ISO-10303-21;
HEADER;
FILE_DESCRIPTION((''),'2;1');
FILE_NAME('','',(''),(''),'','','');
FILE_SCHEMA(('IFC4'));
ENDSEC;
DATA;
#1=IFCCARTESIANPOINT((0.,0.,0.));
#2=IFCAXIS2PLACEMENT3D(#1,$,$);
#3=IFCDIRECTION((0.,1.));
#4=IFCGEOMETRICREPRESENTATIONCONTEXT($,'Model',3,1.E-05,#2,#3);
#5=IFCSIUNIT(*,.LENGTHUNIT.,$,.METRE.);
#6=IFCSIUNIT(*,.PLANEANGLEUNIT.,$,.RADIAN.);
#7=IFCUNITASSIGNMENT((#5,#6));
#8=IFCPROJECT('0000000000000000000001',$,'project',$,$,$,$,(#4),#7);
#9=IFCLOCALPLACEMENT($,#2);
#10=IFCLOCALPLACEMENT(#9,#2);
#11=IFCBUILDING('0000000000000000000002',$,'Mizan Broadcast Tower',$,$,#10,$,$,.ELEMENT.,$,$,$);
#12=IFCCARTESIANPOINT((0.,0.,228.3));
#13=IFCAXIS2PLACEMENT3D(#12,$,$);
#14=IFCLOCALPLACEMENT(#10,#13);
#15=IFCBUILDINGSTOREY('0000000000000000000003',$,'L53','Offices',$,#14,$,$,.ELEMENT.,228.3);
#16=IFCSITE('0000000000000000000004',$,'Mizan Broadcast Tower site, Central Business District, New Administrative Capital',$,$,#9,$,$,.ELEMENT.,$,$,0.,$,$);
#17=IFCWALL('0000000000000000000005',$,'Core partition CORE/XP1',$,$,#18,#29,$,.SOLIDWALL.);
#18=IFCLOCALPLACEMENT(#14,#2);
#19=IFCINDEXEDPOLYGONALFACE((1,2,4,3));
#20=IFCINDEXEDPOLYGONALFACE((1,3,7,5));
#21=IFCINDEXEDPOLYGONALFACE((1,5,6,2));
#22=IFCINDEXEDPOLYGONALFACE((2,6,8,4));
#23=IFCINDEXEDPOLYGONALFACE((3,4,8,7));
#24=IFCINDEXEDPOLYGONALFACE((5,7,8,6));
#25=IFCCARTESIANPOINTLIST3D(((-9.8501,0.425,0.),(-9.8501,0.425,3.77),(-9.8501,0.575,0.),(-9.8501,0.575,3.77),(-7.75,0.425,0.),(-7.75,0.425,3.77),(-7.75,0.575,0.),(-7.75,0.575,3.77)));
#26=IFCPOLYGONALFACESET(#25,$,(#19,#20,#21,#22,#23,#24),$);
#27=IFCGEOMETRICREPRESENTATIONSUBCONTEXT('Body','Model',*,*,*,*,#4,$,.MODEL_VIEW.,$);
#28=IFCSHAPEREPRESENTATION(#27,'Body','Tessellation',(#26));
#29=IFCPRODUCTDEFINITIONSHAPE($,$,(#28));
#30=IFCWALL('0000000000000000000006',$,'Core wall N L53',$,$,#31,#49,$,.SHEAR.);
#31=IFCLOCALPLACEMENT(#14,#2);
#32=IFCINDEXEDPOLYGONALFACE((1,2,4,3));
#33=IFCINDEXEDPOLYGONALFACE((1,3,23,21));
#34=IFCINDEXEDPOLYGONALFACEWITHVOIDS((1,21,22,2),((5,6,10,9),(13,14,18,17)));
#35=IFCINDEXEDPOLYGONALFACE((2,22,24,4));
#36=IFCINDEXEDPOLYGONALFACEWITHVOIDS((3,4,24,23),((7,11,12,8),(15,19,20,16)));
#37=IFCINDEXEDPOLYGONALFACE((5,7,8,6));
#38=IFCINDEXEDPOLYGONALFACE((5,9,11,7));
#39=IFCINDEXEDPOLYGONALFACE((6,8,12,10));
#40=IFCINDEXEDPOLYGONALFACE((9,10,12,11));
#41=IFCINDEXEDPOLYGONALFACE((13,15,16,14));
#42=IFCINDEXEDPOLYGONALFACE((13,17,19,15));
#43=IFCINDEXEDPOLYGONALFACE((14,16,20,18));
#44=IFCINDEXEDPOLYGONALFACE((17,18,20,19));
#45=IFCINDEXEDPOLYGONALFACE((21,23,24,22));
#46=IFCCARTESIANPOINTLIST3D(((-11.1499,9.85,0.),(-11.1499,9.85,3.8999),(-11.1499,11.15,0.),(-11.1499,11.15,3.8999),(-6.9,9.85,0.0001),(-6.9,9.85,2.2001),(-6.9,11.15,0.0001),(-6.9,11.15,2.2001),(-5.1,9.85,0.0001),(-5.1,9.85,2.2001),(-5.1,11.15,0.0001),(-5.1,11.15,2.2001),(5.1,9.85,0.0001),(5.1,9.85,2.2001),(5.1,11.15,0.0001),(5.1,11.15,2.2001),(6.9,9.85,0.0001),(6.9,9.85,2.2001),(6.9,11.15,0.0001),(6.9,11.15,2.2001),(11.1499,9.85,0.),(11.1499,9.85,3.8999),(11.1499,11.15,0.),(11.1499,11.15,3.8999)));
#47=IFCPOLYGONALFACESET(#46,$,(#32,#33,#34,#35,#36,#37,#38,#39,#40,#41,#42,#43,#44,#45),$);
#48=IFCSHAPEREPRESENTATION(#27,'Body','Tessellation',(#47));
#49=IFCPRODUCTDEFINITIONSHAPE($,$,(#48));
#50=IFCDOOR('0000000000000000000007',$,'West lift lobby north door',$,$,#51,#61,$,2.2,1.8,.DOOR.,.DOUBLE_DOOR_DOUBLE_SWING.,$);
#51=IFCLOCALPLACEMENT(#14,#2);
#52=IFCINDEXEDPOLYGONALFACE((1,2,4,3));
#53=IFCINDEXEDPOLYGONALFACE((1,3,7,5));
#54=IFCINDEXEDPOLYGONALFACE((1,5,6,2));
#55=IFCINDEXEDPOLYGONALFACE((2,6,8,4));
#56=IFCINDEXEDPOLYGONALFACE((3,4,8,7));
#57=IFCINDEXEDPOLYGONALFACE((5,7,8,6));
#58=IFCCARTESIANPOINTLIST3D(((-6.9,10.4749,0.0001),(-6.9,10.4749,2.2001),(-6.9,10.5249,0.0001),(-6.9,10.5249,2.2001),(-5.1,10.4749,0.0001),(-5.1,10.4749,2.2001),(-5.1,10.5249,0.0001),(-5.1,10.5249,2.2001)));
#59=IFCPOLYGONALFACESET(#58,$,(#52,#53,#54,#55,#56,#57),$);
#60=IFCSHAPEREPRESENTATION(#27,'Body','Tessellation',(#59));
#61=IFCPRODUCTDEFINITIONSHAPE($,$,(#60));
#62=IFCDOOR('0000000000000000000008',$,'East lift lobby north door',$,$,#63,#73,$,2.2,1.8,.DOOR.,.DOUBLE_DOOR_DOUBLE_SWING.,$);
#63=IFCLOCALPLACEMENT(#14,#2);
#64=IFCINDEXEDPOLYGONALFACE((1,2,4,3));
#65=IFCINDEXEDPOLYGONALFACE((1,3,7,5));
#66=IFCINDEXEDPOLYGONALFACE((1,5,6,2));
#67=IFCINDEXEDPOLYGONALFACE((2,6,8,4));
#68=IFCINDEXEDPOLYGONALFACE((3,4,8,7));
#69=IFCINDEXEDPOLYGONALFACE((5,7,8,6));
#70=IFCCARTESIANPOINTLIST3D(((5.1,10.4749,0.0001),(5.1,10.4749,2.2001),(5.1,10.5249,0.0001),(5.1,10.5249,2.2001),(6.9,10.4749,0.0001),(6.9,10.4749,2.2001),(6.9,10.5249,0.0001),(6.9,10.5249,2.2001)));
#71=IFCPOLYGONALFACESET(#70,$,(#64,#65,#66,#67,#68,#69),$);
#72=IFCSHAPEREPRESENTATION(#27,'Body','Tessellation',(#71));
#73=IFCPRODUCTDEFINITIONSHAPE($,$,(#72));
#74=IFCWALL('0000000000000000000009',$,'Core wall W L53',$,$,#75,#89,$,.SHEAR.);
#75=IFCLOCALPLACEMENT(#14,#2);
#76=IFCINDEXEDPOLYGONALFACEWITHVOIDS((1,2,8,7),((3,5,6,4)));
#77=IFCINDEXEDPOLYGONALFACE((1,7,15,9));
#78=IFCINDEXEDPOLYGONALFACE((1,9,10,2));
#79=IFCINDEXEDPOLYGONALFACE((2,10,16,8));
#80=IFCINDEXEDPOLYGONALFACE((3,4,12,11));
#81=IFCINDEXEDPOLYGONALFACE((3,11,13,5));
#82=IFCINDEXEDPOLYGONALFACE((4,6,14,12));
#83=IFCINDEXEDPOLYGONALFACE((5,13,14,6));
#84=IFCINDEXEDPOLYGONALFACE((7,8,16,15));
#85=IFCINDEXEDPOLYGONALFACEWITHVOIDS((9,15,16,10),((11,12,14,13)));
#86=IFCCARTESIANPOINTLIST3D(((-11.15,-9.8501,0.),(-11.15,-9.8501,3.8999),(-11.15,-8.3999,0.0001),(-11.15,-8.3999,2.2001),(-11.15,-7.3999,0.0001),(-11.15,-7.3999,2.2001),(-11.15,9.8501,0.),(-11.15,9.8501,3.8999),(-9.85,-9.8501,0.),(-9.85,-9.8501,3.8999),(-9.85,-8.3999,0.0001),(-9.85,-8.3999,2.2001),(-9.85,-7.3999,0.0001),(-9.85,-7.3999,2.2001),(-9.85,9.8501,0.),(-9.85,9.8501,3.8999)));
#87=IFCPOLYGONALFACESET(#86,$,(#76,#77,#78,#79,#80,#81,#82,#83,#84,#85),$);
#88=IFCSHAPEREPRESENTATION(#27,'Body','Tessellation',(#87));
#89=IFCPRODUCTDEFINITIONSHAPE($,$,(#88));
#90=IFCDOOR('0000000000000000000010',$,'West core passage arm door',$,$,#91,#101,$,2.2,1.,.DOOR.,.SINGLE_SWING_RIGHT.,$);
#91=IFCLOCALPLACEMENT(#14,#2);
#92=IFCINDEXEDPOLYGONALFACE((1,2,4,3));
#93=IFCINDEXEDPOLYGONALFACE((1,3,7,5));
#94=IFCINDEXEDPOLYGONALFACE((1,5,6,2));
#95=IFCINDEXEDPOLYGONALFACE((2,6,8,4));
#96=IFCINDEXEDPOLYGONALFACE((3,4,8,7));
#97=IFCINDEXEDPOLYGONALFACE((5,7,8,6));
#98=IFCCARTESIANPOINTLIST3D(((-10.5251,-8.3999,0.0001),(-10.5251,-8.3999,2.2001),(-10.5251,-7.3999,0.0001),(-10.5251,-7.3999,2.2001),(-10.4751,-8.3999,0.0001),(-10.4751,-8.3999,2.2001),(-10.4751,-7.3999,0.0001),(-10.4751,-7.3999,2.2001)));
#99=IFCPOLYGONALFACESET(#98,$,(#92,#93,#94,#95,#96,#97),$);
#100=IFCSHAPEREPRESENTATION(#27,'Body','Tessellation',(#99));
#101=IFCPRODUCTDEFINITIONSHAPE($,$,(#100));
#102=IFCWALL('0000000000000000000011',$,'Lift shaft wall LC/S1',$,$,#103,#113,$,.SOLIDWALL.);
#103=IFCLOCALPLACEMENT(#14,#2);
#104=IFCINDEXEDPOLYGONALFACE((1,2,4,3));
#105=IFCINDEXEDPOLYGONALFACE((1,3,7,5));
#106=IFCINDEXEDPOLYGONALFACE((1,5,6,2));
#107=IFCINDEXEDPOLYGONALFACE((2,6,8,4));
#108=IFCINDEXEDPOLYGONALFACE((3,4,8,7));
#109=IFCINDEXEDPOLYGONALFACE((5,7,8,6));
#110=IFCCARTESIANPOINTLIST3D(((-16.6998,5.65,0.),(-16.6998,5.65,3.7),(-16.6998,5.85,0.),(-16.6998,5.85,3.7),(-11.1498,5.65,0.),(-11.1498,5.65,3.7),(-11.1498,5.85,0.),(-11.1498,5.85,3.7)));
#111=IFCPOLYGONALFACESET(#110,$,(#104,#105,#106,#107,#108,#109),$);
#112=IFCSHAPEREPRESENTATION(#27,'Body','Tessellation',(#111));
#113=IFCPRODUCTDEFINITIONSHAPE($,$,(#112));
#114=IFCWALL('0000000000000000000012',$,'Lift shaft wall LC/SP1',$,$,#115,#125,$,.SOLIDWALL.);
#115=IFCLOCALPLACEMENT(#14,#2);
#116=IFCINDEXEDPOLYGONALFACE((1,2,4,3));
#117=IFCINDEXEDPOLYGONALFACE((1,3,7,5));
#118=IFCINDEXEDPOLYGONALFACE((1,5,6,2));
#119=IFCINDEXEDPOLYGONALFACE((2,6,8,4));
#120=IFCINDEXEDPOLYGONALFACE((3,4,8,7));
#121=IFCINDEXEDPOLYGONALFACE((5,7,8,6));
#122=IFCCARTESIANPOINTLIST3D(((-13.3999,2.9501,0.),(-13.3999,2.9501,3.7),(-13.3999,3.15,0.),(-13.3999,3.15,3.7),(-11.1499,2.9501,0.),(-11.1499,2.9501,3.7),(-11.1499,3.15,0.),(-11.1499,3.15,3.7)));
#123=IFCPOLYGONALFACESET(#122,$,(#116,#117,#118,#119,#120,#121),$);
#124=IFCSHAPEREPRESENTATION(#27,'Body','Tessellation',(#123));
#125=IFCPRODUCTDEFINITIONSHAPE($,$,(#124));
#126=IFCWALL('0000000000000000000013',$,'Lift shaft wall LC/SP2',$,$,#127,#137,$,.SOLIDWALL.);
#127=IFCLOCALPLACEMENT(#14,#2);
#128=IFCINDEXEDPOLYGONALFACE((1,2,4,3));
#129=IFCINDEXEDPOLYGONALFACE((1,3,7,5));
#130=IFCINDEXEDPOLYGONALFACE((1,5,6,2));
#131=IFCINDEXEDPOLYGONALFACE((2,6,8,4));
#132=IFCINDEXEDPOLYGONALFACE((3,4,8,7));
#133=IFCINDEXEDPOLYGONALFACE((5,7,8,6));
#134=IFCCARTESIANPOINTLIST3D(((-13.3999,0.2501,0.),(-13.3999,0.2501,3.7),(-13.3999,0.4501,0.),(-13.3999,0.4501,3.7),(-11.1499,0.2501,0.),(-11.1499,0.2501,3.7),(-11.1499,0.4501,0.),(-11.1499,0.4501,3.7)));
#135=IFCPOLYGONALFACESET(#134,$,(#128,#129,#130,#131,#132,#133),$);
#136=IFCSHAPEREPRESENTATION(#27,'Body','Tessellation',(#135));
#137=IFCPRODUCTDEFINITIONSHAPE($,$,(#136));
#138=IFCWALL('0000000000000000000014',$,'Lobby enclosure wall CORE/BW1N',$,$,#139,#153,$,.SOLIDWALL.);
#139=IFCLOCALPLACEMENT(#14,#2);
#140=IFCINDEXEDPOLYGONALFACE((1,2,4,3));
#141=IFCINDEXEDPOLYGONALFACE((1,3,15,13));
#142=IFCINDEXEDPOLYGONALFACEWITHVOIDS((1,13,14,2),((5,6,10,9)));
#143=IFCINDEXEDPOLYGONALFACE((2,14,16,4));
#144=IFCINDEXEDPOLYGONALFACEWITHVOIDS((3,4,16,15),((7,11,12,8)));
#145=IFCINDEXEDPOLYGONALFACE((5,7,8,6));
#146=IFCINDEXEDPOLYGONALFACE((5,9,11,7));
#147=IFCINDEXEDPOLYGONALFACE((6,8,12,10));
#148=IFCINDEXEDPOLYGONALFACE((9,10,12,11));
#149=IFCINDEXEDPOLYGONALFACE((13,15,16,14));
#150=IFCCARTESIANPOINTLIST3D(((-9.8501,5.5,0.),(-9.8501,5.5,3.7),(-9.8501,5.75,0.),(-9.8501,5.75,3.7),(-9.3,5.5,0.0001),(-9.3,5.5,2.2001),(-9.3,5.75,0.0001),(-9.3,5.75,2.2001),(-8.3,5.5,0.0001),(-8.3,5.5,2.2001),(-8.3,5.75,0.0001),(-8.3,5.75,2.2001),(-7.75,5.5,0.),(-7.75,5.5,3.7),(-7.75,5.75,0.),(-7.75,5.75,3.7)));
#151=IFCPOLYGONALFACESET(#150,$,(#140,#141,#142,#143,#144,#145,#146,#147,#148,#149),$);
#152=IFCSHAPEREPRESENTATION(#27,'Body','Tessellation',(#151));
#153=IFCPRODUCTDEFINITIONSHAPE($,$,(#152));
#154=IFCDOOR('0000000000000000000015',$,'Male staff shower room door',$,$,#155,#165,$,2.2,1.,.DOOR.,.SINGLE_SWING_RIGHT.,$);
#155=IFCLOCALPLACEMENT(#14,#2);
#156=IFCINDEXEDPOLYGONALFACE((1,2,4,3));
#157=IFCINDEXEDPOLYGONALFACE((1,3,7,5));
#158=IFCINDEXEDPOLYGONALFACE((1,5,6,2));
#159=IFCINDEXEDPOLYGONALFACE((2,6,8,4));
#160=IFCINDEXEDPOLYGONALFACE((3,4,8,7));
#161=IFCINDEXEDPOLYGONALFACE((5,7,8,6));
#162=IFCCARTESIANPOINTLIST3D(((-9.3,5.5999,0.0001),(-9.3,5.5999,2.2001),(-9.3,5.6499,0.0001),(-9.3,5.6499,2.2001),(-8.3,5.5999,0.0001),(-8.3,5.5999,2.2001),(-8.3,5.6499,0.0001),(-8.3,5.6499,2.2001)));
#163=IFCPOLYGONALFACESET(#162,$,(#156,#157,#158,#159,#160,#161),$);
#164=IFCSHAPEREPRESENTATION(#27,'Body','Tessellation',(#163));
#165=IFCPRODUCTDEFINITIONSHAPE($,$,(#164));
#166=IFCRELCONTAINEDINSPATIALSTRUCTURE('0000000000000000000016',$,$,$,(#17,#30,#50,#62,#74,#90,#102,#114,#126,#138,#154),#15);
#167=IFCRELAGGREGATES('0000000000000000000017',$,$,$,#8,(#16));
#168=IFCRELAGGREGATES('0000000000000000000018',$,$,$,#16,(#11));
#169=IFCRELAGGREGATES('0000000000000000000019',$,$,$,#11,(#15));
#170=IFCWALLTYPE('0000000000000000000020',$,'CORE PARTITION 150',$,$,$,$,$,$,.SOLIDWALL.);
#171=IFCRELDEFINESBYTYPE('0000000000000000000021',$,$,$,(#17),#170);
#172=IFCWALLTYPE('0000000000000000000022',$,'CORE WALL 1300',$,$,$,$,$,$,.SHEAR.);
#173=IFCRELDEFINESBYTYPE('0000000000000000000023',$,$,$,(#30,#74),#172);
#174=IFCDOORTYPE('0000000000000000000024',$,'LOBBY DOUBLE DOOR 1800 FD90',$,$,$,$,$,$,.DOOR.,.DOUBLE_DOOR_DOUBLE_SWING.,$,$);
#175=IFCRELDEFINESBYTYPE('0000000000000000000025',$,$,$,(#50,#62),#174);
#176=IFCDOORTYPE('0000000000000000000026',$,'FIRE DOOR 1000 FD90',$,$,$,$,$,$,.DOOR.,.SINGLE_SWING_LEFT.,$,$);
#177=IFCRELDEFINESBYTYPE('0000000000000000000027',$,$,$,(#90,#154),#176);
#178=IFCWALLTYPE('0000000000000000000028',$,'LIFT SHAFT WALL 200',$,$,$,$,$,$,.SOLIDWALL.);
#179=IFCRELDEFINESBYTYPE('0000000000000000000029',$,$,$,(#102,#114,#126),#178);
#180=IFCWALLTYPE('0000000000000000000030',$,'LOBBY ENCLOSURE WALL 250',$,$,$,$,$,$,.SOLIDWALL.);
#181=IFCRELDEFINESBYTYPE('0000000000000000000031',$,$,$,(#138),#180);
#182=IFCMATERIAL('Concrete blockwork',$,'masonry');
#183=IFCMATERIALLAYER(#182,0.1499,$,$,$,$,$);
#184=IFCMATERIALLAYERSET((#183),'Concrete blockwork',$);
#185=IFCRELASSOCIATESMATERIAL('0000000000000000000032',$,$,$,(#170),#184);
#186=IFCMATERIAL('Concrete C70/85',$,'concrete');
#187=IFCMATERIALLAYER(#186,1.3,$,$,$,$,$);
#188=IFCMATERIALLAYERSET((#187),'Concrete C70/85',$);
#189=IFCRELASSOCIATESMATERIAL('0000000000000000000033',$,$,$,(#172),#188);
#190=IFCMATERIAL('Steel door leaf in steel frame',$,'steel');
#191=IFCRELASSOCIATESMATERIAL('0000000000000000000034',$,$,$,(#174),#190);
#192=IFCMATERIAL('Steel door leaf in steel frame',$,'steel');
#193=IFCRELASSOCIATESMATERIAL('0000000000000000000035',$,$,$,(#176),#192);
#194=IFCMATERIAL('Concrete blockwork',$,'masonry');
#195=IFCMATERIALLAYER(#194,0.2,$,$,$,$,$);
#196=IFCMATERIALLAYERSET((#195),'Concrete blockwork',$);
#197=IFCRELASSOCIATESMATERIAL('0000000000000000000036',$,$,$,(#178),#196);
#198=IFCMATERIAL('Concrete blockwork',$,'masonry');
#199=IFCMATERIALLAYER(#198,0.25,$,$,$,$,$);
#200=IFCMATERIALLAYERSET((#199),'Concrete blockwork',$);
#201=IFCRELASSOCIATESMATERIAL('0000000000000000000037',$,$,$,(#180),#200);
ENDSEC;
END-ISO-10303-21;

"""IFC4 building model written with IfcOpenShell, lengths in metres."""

from ifc_helpers import new_model, si_unit, direction, frame, frame_2d, origin, place, context, subcontext, project, spatial, rectangle, extrude, material, layer, layer_set, type_object, element, fill, save


model = new_model("IFC4")

# Units and contexts
model_context = context("Model", 3, precision=1e-05, world=origin(), true_north=direction((0.0, 1.0)))
body_context = subcontext(model_context, "Body", "Model", "MODEL_VIEW")
ifc_project = project(units=[si_unit("LENGTHUNIT", "METRE"), si_unit("PLANEANGLEUNIT", "RADIAN")], contexts=[model_context])

# Site, building, storey
site_placement = place(None, origin())
site = spatial("IfcSite", under=ifc_project, at=site_placement, Name="Mizan Broadcast Tower site, Central Business District, New Administrative Capital", CompositionType="ELEMENT", RefElevation=0.0)
building_placement = place(site_placement, origin())
building = spatial("IfcBuilding", under=site, at=building_placement, Name="Mizan Broadcast Tower", CompositionType="ELEMENT")
storey_placement = place(building_placement, frame((0.0, 0.0, 228.3)))
storey = spatial("IfcBuildingStorey", under=building, at=storey_placement, Name="L53", Description="Offices", CompositionType="ELEMENT", Elevation=228.3)

# Wall
ifc_material_1 = material(Name="Concrete blockwork", Category="masonry")
ifc_layer_1 = layer(ifc_material_1, 0.1499)
ifc_layer_set_1 = layer_set([ifc_layer_1], Name="Concrete blockwork")
wall_type_1 = type_object("IfcWallType", Name="CORE PARTITION 150", PredefinedType="SOLIDWALL", material=ifc_layer_set_1)
wall_1_placement = place(storey_placement, frame((-9.8501, 0.5, 0.0), z_axis=(0.0, 0.0, 1.0), x_axis=(1.0, 0.0, 0.0)))
element("IfcWall", 1, at=wall_1_placement, inside=storey, type_object=wall_type_1, Name="Core partition CORE/XP1", PredefinedType="SOLIDWALL", context=body_context, shape_type="SweptSolid", body=[
    extrude(rectangle(XDim=2.1001, YDim=0.1499, at=frame_2d((1.05, 0.0))), origin(), (0.0, 0.0, 1.0), 3.77),
])

# Wall, openings, doors
ifc_material_2 = material(Name="Concrete C70/85", Category="concrete")
ifc_layer_2 = layer(ifc_material_2, 1.3)
ifc_layer_set_2 = layer_set([ifc_layer_2], Name="Concrete C70/85")
wall_type_2 = type_object("IfcWallType", Name="CORE WALL 1300", PredefinedType="SHEAR", material=ifc_layer_set_2)
wall_2_placement = place(storey_placement, frame((-11.1499, 10.5, 0.0), z_axis=(0.0, 0.0, 1.0), x_axis=(1.0, 0.0, 0.0)))
wall_2 = element("IfcWall", 2, at=wall_2_placement, inside=storey, type_object=wall_type_2, Name="Core wall N L53", PredefinedType="SHEAR", context=body_context, shape_type="SweptSolid", body=[
    extrude(rectangle(XDim=22.2998, YDim=1.3, at=frame_2d((11.1499, 0.0))), origin(), (0.0, 0.0, 1.0), 3.8999),
])
opening_1_placement = place(wall_2_placement, frame((4.25, 0.0, 0.0)))
opening_1 = element("IfcOpeningElement", 3, at=opening_1_placement, cuts=wall_2, PredefinedType="OPENING", context=body_context, shape_type="SweptSolid", body=[
    extrude(rectangle(XDim=1.8, YDim=2.2, at=frame_2d((0.8999, 1.1001))), frame((0.0, 0.6599, 0.0), z_axis=(0.0, -1.0, 0.0), x_axis=(1.0, 0.0, 0.0)), (0.0, 0.0, 1.0), 1.3201),
])
opening_2_placement = place(wall_2_placement, frame((16.25, 0.0, 0.0)))
opening_2 = element("IfcOpeningElement", 4, at=opening_2_placement, cuts=wall_2, PredefinedType="OPENING", context=body_context, shape_type="SweptSolid", body=[
    extrude(rectangle(XDim=1.8, YDim=2.2, at=frame_2d((0.8999, 1.1001))), frame((0.0, 0.6599, 0.0), z_axis=(0.0, -1.0, 0.0), x_axis=(1.0, 0.0, 0.0)), (0.0, 0.0, 1.0), 1.3201),
])
ifc_material_3 = material(Name="Steel door leaf in steel frame", Category="steel")
door_type_1 = type_object("IfcDoorType", Name="LOBBY DOUBLE DOOR 1800 FD90", OperationType="DOUBLE_DOOR_DOUBLE_SWING", PredefinedType="DOOR", material=ifc_material_3)
door_1_placement = place(opening_1_placement, origin())
door_1 = element("IfcDoor", 5, at=door_1_placement, inside=storey, type_object=door_type_1, Name="West lift lobby north door", OperationType="DOUBLE_DOOR_DOUBLE_SWING", OverallHeight=2.2, OverallWidth=1.8, PredefinedType="DOOR", context=body_context, shape_type="SweptSolid", body=[
    extrude(rectangle(XDim=1.8, YDim=2.2, at=frame_2d((0.8999, 1.1001))), frame((0.0, 0.0249, 0.0), z_axis=(0.0, -1.0, 0.0), x_axis=(1.0, 0.0, 0.0)), (0.0, 0.0, 1.0), 0.05),
])
fill(opening_1, door_1)
door_2_placement = place(opening_2_placement, origin())
door_2 = element("IfcDoor", 6, at=door_2_placement, inside=storey, type_object=door_type_1, Name="East lift lobby north door", OperationType="DOUBLE_DOOR_DOUBLE_SWING", OverallHeight=2.2, OverallWidth=1.8, PredefinedType="DOOR", context=body_context, shape_type="SweptSolid", body=[
    extrude(rectangle(XDim=1.8, YDim=2.2, at=frame_2d((0.8999, 1.1001))), frame((0.0, 0.0249, 0.0), z_axis=(0.0, -1.0, 0.0), x_axis=(1.0, 0.0, 0.0)), (0.0, 0.0, 1.0), 0.05),
])
fill(opening_2, door_2)

# Wall, opening, door
wall_3_placement = place(storey_placement, frame((-10.5, 9.8501, 0.0), z_axis=(0.0, 0.0, 1.0), x_axis=(0.0, -1.0, 0.0)))
wall_3 = element("IfcWall", 7, at=wall_3_placement, inside=storey, type_object=wall_type_2, Name="Core wall W L53", PredefinedType="SHEAR", context=body_context, shape_type="SweptSolid", body=[
    extrude(rectangle(XDim=19.7002, YDim=1.3, at=frame_2d((9.8501, 0.0))), origin(), (0.0, 0.0, 1.0), 3.8999),
])
opening_3_placement = place(wall_3_placement, frame((17.25, 0.0, 0.0)))
opening_3 = element("IfcOpeningElement", 8, at=opening_3_placement, cuts=wall_3, PredefinedType="OPENING", context=body_context, shape_type="SweptSolid", body=[
    extrude(rectangle(XDim=1.0, YDim=2.2, at=frame_2d((0.5, 1.1001))), frame((0.0, 0.6599, 0.0), z_axis=(0.0, -1.0, 0.0), x_axis=(1.0, 0.0, 0.0)), (0.0, 0.0, 1.0), 1.3201),
])
ifc_material_4 = material(Name="Steel door leaf in steel frame", Category="steel")
door_type_2 = type_object("IfcDoorType", Name="FIRE DOOR 1000 FD90", OperationType="SINGLE_SWING_LEFT", PredefinedType="DOOR", material=ifc_material_4)
door_3_placement = place(opening_3_placement, origin())
door_3 = element("IfcDoor", 9, at=door_3_placement, inside=storey, type_object=door_type_2, Name="West core passage arm door", OperationType="SINGLE_SWING_RIGHT", OverallHeight=2.2, OverallWidth=1.0, PredefinedType="DOOR", context=body_context, shape_type="SweptSolid", body=[
    extrude(rectangle(XDim=1.0, YDim=2.2, at=frame_2d((0.5, 1.1001))), frame((0.0, 0.0249, 0.0), z_axis=(0.0, -1.0, 0.0), x_axis=(1.0, 0.0, 0.0)), (0.0, 0.0, 1.0), 0.05),
])
fill(opening_3, door_3)

# Walls
ifc_material_5 = material(Name="Concrete blockwork", Category="masonry")
ifc_layer_3 = layer(ifc_material_5, 0.2)
ifc_layer_set_3 = layer_set([ifc_layer_3], Name="Concrete blockwork")
wall_type_3 = type_object("IfcWallType", Name="LIFT SHAFT WALL 200", PredefinedType="SOLIDWALL", material=ifc_layer_set_3)
wall_4_placement = place(storey_placement, frame((-11.1499, 5.75, 0.0), z_axis=(0.0, 0.0, 1.0), x_axis=(-1.0, 0.0, 0.0)))
element("IfcWall", 10, at=wall_4_placement, inside=storey, type_object=wall_type_3, Name="Lift shaft wall LC/S1", PredefinedType="SOLIDWALL", context=body_context, shape_type="SweptSolid", body=[
    extrude(rectangle(XDim=5.55, YDim=0.2, at=frame_2d((2.7749, 0.0))), origin(), (0.0, 0.0, 1.0), 3.7),
])
for number, where, z_axis, x_axis, name in (
    (11, (-11.1499, 3.05, 0.0), (0.0, 0.0, 1.0), (-1.0, 0.0, 0.0), "Lift shaft wall LC/SP1"),
    (12, (-11.1499, 0.3501, 0.0), (0.0, 0.0, 1.0), (-1.0, 0.0, 0.0), "Lift shaft wall LC/SP2"),
):
    element("IfcWall", number, at=place(storey_placement, frame(where, z_axis=z_axis, x_axis=x_axis)), inside=storey, type_object=wall_type_3, Name=name, PredefinedType="SOLIDWALL", context=body_context, shape_type="SweptSolid", body=[
        extrude(rectangle(XDim=2.25, YDim=0.2, at=frame_2d((1.125, 0.0))), origin(), (0.0, 0.0, 1.0), 3.7),
    ])

# Wall, opening, door
ifc_material_6 = material(Name="Concrete blockwork", Category="masonry")
ifc_layer_4 = layer(ifc_material_6, 0.25)
ifc_layer_set_4 = layer_set([ifc_layer_4], Name="Concrete blockwork")
wall_type_4 = type_object("IfcWallType", Name="LOBBY ENCLOSURE WALL 250", PredefinedType="SOLIDWALL", material=ifc_layer_set_4)
wall_5_placement = place(storey_placement, frame((-9.8501, 5.625, 0.0), z_axis=(0.0, 0.0, 1.0), x_axis=(1.0, 0.0, 0.0)))
wall_5 = element("IfcWall", 13, at=wall_5_placement, inside=storey, type_object=wall_type_4, Name="Lobby enclosure wall CORE/BW1N", PredefinedType="SOLIDWALL", context=body_context, shape_type="SweptSolid", body=[
    extrude(rectangle(XDim=2.1001, YDim=0.25, at=frame_2d((1.05, 0.0))), origin(), (0.0, 0.0, 1.0), 3.7),
])
opening_4_placement = place(wall_5_placement, frame((0.55, 0.0, 0.0)))
opening_4 = element("IfcOpeningElement", 14, at=opening_4_placement, cuts=wall_5, PredefinedType="OPENING", context=body_context, shape_type="SweptSolid", body=[
    extrude(rectangle(XDim=1.0, YDim=2.2, at=frame_2d((0.5, 1.1001))), frame((0.0, 0.135, 0.0), z_axis=(0.0, -1.0, 0.0), x_axis=(1.0, 0.0, 0.0)), (0.0, 0.0, 1.0), 0.27),
])
door_4_placement = place(opening_4_placement, origin())
door_4 = element("IfcDoor", 15, at=door_4_placement, inside=storey, type_object=door_type_2, Name="Male staff shower room door", OperationType="SINGLE_SWING_RIGHT", OverallHeight=2.2, OverallWidth=1.0, PredefinedType="DOOR", context=body_context, shape_type="SweptSolid", body=[
    extrude(rectangle(XDim=1.0, YDim=2.2, at=frame_2d((0.5, 1.1001))), frame((0.0, 0.0249, 0.0), z_axis=(0.0, -1.0, 0.0), x_axis=(1.0, 0.0, 0.0)), (0.0, 0.0, 1.0), 0.05),
])
fill(opening_4, door_4)

save(model, "model.ifc")
